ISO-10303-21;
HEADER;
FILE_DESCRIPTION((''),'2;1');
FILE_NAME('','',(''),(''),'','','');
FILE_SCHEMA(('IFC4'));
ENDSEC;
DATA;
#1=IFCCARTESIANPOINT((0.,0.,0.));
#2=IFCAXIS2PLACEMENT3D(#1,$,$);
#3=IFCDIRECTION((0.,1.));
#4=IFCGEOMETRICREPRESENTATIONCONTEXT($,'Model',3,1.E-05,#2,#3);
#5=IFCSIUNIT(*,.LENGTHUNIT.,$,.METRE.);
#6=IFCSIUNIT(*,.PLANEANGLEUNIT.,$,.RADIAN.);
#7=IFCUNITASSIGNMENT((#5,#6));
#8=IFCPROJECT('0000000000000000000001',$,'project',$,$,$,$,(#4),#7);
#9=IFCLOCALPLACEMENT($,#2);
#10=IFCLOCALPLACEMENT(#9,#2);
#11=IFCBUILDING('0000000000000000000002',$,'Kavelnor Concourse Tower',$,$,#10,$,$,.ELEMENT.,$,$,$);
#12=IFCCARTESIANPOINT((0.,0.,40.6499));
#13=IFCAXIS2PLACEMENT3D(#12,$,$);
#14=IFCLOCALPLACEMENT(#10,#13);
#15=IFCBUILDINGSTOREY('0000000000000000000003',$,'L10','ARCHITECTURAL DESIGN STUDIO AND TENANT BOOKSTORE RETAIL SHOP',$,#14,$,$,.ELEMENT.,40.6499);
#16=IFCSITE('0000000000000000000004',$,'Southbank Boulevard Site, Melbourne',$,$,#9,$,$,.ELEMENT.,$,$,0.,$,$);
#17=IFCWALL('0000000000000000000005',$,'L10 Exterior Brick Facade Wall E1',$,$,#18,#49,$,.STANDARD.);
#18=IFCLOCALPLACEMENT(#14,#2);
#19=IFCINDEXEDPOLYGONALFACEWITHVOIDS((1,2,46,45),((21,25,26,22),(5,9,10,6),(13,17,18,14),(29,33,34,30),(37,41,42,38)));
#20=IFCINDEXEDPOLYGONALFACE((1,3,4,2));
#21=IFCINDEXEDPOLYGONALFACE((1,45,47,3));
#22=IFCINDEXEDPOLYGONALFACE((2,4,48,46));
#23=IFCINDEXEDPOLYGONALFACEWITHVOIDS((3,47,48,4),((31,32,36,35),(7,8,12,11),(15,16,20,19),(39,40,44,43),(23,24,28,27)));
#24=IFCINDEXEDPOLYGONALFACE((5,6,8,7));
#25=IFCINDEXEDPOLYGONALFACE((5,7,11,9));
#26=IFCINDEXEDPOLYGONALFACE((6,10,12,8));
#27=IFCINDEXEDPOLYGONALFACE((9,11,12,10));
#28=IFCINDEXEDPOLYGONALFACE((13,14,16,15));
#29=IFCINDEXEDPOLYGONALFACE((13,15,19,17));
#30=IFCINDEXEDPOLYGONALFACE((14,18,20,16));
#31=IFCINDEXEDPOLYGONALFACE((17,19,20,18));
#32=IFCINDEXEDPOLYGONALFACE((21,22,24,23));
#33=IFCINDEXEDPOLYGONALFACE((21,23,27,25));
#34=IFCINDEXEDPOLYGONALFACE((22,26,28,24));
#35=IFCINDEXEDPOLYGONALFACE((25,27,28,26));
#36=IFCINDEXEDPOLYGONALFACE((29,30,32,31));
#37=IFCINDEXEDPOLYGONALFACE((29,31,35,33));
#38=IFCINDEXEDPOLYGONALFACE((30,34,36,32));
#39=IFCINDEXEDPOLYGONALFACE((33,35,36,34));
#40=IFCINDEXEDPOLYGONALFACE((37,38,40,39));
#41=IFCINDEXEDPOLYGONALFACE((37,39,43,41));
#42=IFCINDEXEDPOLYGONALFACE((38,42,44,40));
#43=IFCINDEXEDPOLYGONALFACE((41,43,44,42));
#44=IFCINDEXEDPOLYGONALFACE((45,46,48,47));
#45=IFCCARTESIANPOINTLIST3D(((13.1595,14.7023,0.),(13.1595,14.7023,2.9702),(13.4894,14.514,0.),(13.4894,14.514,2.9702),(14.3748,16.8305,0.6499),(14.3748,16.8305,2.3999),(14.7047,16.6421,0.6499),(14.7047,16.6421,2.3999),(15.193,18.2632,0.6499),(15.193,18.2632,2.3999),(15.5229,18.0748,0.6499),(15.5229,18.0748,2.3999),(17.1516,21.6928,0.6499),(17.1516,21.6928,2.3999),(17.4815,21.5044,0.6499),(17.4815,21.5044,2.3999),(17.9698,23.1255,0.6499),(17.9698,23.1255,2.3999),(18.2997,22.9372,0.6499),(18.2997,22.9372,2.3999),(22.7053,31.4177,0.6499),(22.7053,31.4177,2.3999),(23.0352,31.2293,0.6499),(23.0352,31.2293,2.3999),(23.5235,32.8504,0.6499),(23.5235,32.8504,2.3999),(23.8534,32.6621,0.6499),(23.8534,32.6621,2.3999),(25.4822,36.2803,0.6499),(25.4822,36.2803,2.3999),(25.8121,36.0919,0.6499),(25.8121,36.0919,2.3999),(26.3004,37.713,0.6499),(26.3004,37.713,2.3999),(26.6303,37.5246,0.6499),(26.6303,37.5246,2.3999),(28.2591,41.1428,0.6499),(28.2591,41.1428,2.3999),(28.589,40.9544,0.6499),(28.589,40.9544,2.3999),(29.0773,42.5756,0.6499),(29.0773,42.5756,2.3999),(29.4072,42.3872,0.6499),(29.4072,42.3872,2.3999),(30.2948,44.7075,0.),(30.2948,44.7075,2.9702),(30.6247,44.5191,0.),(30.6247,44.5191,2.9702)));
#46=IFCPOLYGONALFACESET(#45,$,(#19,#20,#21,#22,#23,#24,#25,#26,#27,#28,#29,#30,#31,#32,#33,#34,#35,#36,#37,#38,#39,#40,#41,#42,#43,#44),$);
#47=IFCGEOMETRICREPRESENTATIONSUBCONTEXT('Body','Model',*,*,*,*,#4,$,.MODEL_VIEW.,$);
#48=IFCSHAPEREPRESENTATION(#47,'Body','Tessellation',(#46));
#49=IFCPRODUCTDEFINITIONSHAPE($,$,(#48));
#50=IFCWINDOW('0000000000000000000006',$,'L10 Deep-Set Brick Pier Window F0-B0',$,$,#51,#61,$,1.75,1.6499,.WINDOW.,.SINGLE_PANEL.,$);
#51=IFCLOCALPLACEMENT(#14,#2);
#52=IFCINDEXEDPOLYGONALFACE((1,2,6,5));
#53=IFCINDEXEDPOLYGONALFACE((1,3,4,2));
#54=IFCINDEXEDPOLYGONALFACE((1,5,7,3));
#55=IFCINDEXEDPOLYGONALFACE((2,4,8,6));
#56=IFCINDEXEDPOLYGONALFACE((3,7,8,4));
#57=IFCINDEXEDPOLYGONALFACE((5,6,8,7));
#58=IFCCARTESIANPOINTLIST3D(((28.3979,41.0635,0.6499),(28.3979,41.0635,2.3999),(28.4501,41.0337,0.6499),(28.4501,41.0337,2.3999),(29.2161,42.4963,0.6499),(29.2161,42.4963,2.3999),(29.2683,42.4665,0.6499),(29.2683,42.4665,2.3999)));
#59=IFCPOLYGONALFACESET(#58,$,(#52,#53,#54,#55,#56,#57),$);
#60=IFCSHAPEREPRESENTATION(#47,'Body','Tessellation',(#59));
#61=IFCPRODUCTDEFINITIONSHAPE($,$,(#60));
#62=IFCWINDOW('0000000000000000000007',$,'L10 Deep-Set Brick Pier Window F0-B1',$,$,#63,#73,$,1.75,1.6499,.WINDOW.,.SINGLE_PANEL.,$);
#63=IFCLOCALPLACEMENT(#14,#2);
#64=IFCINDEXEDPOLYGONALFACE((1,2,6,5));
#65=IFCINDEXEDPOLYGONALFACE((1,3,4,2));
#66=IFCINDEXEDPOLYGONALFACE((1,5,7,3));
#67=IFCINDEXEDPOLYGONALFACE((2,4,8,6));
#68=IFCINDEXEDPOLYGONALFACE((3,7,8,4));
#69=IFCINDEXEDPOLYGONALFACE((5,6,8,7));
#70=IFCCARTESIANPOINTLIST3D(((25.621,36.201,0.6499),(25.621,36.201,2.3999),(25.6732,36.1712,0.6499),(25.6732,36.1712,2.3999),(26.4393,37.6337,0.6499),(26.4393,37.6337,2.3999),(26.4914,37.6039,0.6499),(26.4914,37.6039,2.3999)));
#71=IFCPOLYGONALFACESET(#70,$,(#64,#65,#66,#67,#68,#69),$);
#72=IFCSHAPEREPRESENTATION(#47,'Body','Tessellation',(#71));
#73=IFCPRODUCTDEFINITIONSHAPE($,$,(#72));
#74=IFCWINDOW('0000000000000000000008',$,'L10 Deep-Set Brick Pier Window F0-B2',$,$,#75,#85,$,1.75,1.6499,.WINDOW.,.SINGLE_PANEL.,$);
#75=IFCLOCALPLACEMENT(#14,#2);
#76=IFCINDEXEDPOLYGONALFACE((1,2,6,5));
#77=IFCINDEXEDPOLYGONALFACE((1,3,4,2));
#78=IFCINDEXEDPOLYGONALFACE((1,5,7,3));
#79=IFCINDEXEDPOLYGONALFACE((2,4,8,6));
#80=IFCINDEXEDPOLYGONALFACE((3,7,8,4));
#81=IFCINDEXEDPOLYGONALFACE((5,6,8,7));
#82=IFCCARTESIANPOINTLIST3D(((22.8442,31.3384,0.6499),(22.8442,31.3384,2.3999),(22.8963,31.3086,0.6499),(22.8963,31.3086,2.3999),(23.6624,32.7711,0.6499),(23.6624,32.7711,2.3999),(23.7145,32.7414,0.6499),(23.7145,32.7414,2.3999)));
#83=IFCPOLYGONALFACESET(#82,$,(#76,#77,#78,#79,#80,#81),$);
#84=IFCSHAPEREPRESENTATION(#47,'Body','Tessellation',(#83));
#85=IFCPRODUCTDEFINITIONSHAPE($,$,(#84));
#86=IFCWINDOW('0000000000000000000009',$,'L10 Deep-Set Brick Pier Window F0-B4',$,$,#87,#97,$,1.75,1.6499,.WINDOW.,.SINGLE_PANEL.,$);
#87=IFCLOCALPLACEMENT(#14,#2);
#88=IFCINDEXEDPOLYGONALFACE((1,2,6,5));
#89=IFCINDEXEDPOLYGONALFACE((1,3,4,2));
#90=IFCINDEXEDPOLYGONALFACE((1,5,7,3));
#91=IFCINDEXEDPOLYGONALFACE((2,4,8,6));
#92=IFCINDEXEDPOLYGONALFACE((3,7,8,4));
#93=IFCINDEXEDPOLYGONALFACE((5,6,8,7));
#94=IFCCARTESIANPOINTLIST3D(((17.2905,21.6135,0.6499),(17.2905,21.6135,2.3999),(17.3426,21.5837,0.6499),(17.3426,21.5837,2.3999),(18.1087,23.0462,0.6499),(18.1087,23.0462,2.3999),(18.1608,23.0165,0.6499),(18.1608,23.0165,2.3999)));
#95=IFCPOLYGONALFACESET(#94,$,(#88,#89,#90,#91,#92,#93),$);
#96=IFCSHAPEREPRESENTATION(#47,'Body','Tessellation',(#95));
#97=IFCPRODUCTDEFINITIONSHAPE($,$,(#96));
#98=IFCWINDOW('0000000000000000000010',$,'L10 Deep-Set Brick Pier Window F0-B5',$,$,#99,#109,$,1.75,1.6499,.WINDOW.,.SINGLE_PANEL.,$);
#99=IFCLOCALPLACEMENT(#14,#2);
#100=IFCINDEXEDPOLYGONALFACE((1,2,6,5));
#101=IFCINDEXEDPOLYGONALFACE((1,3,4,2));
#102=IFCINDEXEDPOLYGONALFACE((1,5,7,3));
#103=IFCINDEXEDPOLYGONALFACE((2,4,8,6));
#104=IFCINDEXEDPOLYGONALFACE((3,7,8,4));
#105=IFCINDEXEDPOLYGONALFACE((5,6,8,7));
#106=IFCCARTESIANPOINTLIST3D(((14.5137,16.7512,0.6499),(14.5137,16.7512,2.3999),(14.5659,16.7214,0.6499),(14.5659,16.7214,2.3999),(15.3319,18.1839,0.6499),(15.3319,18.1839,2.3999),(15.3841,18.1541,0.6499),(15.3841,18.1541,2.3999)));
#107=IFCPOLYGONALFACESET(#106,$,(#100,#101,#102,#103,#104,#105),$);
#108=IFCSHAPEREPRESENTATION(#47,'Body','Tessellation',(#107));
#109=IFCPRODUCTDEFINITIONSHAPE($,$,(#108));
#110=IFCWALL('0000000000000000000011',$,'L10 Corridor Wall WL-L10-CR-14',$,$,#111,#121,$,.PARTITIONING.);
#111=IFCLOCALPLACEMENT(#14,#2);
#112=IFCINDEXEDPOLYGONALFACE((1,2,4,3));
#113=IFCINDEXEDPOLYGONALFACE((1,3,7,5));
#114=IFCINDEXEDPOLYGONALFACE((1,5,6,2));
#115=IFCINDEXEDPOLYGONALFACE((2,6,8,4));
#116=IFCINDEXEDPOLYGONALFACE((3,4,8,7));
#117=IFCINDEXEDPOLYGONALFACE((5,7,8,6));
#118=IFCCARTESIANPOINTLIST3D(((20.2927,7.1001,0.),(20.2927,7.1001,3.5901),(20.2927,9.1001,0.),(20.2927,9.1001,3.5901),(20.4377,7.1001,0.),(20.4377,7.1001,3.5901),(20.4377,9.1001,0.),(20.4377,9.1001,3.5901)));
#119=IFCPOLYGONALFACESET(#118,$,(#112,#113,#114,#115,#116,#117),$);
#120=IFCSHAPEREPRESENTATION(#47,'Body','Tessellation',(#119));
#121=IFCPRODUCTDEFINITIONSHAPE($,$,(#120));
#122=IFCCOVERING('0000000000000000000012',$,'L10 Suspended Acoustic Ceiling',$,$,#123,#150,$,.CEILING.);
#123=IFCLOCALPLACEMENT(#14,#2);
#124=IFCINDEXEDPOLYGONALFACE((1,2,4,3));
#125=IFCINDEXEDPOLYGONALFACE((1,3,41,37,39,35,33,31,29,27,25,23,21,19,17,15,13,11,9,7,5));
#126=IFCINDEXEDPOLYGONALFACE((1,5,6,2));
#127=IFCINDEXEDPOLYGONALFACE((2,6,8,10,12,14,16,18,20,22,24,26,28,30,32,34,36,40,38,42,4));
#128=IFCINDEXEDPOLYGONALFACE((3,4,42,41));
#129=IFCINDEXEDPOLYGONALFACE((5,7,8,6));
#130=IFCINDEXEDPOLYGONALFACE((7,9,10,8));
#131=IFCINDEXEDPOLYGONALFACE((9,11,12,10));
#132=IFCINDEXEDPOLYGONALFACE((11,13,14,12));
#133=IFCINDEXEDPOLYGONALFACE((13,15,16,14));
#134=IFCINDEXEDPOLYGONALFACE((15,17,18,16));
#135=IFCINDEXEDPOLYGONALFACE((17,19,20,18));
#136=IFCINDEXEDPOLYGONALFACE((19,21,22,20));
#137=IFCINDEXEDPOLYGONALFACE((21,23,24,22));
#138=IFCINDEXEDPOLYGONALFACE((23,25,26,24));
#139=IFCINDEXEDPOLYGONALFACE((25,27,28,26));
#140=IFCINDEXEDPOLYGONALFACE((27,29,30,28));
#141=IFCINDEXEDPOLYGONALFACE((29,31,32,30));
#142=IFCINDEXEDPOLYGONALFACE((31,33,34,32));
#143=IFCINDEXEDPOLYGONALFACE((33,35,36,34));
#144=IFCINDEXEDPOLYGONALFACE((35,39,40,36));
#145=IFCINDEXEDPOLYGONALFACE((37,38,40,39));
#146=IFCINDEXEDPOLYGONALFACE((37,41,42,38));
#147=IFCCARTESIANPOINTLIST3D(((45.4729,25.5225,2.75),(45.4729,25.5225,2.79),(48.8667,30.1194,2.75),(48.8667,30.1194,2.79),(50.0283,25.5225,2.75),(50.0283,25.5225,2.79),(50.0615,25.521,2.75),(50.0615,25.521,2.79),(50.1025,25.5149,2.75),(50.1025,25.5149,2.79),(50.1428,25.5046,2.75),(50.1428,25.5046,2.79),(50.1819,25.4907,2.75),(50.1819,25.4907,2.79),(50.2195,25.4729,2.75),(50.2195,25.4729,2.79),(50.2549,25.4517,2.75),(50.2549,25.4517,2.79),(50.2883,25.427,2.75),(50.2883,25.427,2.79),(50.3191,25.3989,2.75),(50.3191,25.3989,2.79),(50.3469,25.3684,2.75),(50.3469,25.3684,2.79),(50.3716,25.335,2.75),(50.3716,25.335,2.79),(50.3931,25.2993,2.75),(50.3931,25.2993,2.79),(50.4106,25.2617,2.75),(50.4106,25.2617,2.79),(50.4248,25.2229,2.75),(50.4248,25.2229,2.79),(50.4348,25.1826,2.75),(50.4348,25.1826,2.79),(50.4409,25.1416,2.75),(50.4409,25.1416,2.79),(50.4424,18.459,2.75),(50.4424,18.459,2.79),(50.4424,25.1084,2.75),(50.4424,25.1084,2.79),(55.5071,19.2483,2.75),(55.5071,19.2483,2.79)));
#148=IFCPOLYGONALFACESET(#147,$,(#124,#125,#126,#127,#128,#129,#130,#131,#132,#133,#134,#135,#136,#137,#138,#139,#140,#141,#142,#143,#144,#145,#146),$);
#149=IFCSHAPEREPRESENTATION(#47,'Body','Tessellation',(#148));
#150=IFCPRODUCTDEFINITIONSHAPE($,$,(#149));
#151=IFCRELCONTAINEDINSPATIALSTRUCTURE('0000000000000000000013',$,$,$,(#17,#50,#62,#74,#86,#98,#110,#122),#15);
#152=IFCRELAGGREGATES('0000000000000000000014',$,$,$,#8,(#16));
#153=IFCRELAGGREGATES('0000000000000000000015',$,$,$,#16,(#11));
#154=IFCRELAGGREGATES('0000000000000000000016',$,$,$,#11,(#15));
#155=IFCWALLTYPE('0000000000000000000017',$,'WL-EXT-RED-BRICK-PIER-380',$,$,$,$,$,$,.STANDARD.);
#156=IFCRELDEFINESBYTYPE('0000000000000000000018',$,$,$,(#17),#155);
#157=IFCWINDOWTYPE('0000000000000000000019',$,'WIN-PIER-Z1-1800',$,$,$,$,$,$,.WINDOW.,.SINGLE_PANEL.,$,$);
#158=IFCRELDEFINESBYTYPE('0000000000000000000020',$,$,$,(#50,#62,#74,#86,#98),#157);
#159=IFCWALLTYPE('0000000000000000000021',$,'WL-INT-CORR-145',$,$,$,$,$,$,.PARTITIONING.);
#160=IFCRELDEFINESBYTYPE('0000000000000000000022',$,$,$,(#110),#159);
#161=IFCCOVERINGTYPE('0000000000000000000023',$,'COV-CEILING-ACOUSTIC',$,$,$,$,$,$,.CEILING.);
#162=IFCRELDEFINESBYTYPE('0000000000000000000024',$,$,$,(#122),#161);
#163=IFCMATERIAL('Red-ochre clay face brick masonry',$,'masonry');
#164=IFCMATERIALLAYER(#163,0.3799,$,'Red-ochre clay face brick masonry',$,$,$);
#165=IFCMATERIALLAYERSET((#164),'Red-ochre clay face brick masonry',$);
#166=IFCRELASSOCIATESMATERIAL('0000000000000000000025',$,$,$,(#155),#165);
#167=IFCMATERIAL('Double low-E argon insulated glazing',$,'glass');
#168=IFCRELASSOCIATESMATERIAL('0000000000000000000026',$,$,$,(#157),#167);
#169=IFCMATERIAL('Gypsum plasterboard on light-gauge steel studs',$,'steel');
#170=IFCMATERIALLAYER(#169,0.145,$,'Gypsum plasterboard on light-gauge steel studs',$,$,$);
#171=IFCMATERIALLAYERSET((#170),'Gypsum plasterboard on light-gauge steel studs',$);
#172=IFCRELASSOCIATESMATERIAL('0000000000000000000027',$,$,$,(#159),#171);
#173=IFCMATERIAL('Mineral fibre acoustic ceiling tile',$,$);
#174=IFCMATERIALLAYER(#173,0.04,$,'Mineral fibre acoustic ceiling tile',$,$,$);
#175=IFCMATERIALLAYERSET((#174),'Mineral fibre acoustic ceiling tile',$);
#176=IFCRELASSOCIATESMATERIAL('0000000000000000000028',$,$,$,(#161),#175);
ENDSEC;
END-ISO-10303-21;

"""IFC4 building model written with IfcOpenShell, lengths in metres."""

from ifc_helpers import new_model, si_unit, direction, frame, frame_2d, origin, place, context, subcontext, project, spatial, polyline, rectangle, outline, extrude, material, layer, layer_set, type_object, element, fill, save


model = new_model("IFC4")

# Units and contexts
model_context = context("Model", 3, precision=1e-05, world=origin(), true_north=direction((0.0, 1.0)))
body_context = subcontext(model_context, "Body", "Model", "MODEL_VIEW")
ifc_project = project(units=[si_unit("LENGTHUNIT", "METRE"), si_unit("PLANEANGLEUNIT", "RADIAN")], contexts=[model_context])

# Site, building, storey
site_placement = place(None, origin())
site = spatial("IfcSite", under=ifc_project, at=site_placement, Name="Southbank Boulevard Site, Melbourne", CompositionType="ELEMENT", RefElevation=0.0)
building_placement = place(site_placement, origin())
building = spatial("IfcBuilding", under=site, at=building_placement, Name="Kavelnor Concourse Tower", CompositionType="ELEMENT")
storey_placement = place(building_placement, frame((0.0, 0.0, 40.6499)))
storey = spatial("IfcBuildingStorey", under=building, at=storey_placement, Name="L10", Description="ARCHITECTURAL DESIGN STUDIO AND TENANT BOOKSTORE RETAIL SHOP", CompositionType="ELEMENT", Elevation=40.6499)

# Wall, openings, windows
ifc_material_1 = material(Name="Red-ochre clay face brick masonry", Category="masonry")
ifc_layer_1 = layer(ifc_material_1, 0.3799, Name="Red-ochre clay face brick masonry")
ifc_layer_set_1 = layer_set([ifc_layer_1], Name="Red-ochre clay face brick masonry")
wall_type_1 = type_object("IfcWallType", Name="WL-EXT-RED-BRICK-PIER-380", PredefinedType="STANDARD", material=ifc_layer_set_1)
wall_1_placement = place(storey_placement, frame((13.3245, 14.6082, 0.0), z_axis=(0.0, 0.0, 1.0), x_axis=(0.495909, 0.868374, 0.0)))
wall_1 = element("IfcWall", 1, at=wall_1_placement, inside=storey, type_object=wall_type_1, Name="L10 Exterior Brick Facade Wall E1", PredefinedType="STANDARD", context=body_context, shape_type="SweptSolid", body=[
    extrude(rectangle(XDim=34.5532, YDim=0.3799, at=frame_2d((17.2766, 0.0))), origin(), (0.0, 0.0, 1.0), 2.9702),
])
opening_1_placement = place(wall_1_placement, frame((30.4482, 0.0, 0.6499)))
opening_1 = element("IfcOpeningElement", 2, at=opening_1_placement, cuts=wall_1, PredefinedType="OPENING", context=body_context, shape_type="SweptSolid", body=[
    extrude(rectangle(XDim=1.6499, YDim=1.75, at=frame_2d((0.825, 0.875))), frame((0.0, 0.2, 0.0), z_axis=(0.0, -1.0, 0.0), x_axis=(1.0, 0.0, 0.0)), (0.0, 0.0, 1.0), 0.3999),
])
opening_2_placement = place(wall_1_placement, frame((24.8486, 0.0, 0.6499)))
opening_2 = element("IfcOpeningElement", 3, at=opening_2_placement, cuts=wall_1, PredefinedType="OPENING", context=body_context, shape_type="SweptSolid", body=[
    extrude(rectangle(XDim=1.6499, YDim=1.75, at=frame_2d((0.825, 0.875))), frame((0.0, 0.2, 0.0), z_axis=(0.0, -1.0, 0.0), x_axis=(1.0, 0.0, 0.0)), (0.0, 0.0, 1.0), 0.3999),
])
opening_3_placement = place(wall_1_placement, frame((19.249, 0.0, 0.6499)))
opening_3 = element("IfcOpeningElement", 4, at=opening_3_placement, cuts=wall_1, PredefinedType="OPENING", context=body_context, shape_type="SweptSolid", body=[
    extrude(rectangle(XDim=1.6499, YDim=1.75, at=frame_2d((0.825, 0.875))), frame((0.0, 0.2, 0.0), z_axis=(0.0, -1.0, 0.0), x_axis=(1.0, 0.0, 0.0)), (0.0, 0.0, 1.0), 0.3999),
])
opening_4_placement = place(wall_1_placement, frame((8.05, 0.0, 0.6499)))
opening_4 = element("IfcOpeningElement", 5, at=opening_4_placement, cuts=wall_1, PredefinedType="OPENING", context=body_context, shape_type="SweptSolid", body=[
    extrude(rectangle(XDim=1.6499, YDim=1.75, at=frame_2d((0.825, 0.875))), frame((0.0, 0.2, 0.0), z_axis=(0.0, -1.0, 0.0), x_axis=(1.0, 0.0, 0.0)), (0.0, 0.0, 1.0), 0.3999),
])
opening_5_placement = place(wall_1_placement, frame((2.4507, 0.0, 0.6499)))
opening_5 = element("IfcOpeningElement", 6, at=opening_5_placement, cuts=wall_1, PredefinedType="OPENING", context=body_context, shape_type="SweptSolid", body=[
    extrude(rectangle(XDim=1.6499, YDim=1.75, at=frame_2d((0.825, 0.875))), frame((0.0, 0.2, 0.0), z_axis=(0.0, -1.0, 0.0), x_axis=(1.0, 0.0, 0.0)), (0.0, 0.0, 1.0), 0.3999),
])
ifc_material_2 = material(Name="Double low-E argon insulated glazing", Category="glass")
window_type = type_object("IfcWindowType", Name="WIN-PIER-Z1-1800", PartitioningType="SINGLE_PANEL", PredefinedType="WINDOW", material=ifc_material_2)
window_1_placement = place(opening_1_placement, origin())
window_1 = element("IfcWindow", 7, at=window_1_placement, inside=storey, type_object=window_type, Name="L10 Deep-Set Brick Pier Window F0-B0", OverallHeight=1.75, OverallWidth=1.6499, PartitioningType="SINGLE_PANEL", PredefinedType="WINDOW", context=body_context, shape_type="SweptSolid", body=[
    extrude(rectangle(XDim=1.6499, YDim=1.75, at=frame_2d((0.825, 0.875))), frame((0.0, 0.03, 0.0), z_axis=(0.0, -1.0, 0.0), x_axis=(1.0, 0.0, 0.0)), (0.0, 0.0, 1.0), 0.0601),
])
fill(opening_1, window_1)
window_2_placement = place(opening_2_placement, origin())
window_2 = element("IfcWindow", 8, at=window_2_placement, inside=storey, type_object=window_type, Name="L10 Deep-Set Brick Pier Window F0-B1", OverallHeight=1.75, OverallWidth=1.6499, PartitioningType="SINGLE_PANEL", PredefinedType="WINDOW", context=body_context, shape_type="SweptSolid", body=[
    extrude(rectangle(XDim=1.6499, YDim=1.75, at=frame_2d((0.825, 0.875))), frame((0.0, 0.03, 0.0), z_axis=(0.0, -1.0, 0.0), x_axis=(1.0, 0.0, 0.0)), (0.0, 0.0, 1.0), 0.0601),
])
fill(opening_2, window_2)
window_3_placement = place(opening_3_placement, origin())
window_3 = element("IfcWindow", 9, at=window_3_placement, inside=storey, type_object=window_type, Name="L10 Deep-Set Brick Pier Window F0-B2", OverallHeight=1.75, OverallWidth=1.6499, PartitioningType="SINGLE_PANEL", PredefinedType="WINDOW", context=body_context, shape_type="SweptSolid", body=[
    extrude(rectangle(XDim=1.6499, YDim=1.75, at=frame_2d((0.825, 0.875))), frame((0.0, 0.03, 0.0), z_axis=(0.0, -1.0, 0.0), x_axis=(1.0, 0.0, 0.0)), (0.0, 0.0, 1.0), 0.0601),
])
fill(opening_3, window_3)
window_4_placement = place(opening_4_placement, origin())
window_4 = element("IfcWindow", 10, at=window_4_placement, inside=storey, type_object=window_type, Name="L10 Deep-Set Brick Pier Window F0-B4", OverallHeight=1.75, OverallWidth=1.6499, PartitioningType="SINGLE_PANEL", PredefinedType="WINDOW", context=body_context, shape_type="SweptSolid", body=[
    extrude(rectangle(XDim=1.6499, YDim=1.75, at=frame_2d((0.825, 0.875))), frame((0.0, 0.03, 0.0), z_axis=(0.0, -1.0, 0.0), x_axis=(1.0, 0.0, 0.0)), (0.0, 0.0, 1.0), 0.0601),
])
fill(opening_4, window_4)
window_5_placement = place(opening_5_placement, origin())
window_5 = element("IfcWindow", 11, at=window_5_placement, inside=storey, type_object=window_type, Name="L10 Deep-Set Brick Pier Window F0-B5", OverallHeight=1.75, OverallWidth=1.6499, PartitioningType="SINGLE_PANEL", PredefinedType="WINDOW", context=body_context, shape_type="SweptSolid", body=[
    extrude(rectangle(XDim=1.6499, YDim=1.75, at=frame_2d((0.825, 0.875))), frame((0.0, 0.03, 0.0), z_axis=(0.0, -1.0, 0.0), x_axis=(1.0, 0.0, 0.0)), (0.0, 0.0, 1.0), 0.0601),
])
fill(opening_5, window_5)

# Wall
ifc_material_3 = material(Name="Gypsum plasterboard on light-gauge steel studs", Category="steel")
ifc_layer_2 = layer(ifc_material_3, 0.145, Name="Gypsum plasterboard on light-gauge steel studs")
ifc_layer_set_2 = layer_set([ifc_layer_2], Name="Gypsum plasterboard on light-gauge steel studs")
wall_type_2 = type_object("IfcWallType", Name="WL-INT-CORR-145", PredefinedType="PARTITIONING", material=ifc_layer_set_2)
wall_2_placement = place(storey_placement, frame((20.3652, 7.1001, 0.0), z_axis=(0.0, 0.0, 1.0), x_axis=(0.0, 1.0, 0.0)))
element("IfcWall", 12, at=wall_2_placement, inside=storey, type_object=wall_type_2, Name="L10 Corridor Wall WL-L10-CR-14", PredefinedType="PARTITIONING", context=body_context, shape_type="SweptSolid", body=[
    extrude(rectangle(XDim=2.0, YDim=0.145, at=frame_2d((1.0, 0.0))), origin(), (0.0, 0.0, 1.0), 3.5901),
])

# Covering
ifc_material_4 = material(Name="Mineral fibre acoustic ceiling tile")
ifc_layer_3 = layer(ifc_material_4, 0.04, Name="Mineral fibre acoustic ceiling tile")
ifc_layer_set_3 = layer_set([ifc_layer_3], Name="Mineral fibre acoustic ceiling tile")
covering_type_1 = type_object("IfcCoveringType", Name="COV-CEILING-ACOUSTIC", PredefinedType="CEILING", material=ifc_layer_set_3)
covering_1_placement = place(storey_placement, frame((0.0, 0.0, 2.75)))
element("IfcCovering", 13, at=covering_1_placement, inside=storey, type_object=covering_type_1, Name="L10 Suspended Acoustic Ceiling", PredefinedType="CEILING", context=body_context, shape_type="SweptSolid", body=[
    extrude(outline(polyline([(50.4348, 25.1826), (50.4248, 25.2229), (50.4106, 25.2617), (50.3931, 25.2993), (50.3716, 25.335), (50.3469, 25.3684), (50.3191, 25.3989), (50.2883, 25.427), (50.2549, 25.4517), (50.2195, 25.4729), (50.1819, 25.4907), (50.1428, 25.5046), (50.1025, 25.5149), (50.0615, 25.521), (50.0283, 25.5225), (45.4729, 25.5225), (48.8667, 30.1194), (55.5071, 19.2483), (50.4424, 18.459), (50.4424, 25.1084), (50.4409, 25.1416), (50.4348, 25.1826)])), origin(), (0.0, 0.0, 1.0), 0.04),
])

save(model, "model.ifc")
